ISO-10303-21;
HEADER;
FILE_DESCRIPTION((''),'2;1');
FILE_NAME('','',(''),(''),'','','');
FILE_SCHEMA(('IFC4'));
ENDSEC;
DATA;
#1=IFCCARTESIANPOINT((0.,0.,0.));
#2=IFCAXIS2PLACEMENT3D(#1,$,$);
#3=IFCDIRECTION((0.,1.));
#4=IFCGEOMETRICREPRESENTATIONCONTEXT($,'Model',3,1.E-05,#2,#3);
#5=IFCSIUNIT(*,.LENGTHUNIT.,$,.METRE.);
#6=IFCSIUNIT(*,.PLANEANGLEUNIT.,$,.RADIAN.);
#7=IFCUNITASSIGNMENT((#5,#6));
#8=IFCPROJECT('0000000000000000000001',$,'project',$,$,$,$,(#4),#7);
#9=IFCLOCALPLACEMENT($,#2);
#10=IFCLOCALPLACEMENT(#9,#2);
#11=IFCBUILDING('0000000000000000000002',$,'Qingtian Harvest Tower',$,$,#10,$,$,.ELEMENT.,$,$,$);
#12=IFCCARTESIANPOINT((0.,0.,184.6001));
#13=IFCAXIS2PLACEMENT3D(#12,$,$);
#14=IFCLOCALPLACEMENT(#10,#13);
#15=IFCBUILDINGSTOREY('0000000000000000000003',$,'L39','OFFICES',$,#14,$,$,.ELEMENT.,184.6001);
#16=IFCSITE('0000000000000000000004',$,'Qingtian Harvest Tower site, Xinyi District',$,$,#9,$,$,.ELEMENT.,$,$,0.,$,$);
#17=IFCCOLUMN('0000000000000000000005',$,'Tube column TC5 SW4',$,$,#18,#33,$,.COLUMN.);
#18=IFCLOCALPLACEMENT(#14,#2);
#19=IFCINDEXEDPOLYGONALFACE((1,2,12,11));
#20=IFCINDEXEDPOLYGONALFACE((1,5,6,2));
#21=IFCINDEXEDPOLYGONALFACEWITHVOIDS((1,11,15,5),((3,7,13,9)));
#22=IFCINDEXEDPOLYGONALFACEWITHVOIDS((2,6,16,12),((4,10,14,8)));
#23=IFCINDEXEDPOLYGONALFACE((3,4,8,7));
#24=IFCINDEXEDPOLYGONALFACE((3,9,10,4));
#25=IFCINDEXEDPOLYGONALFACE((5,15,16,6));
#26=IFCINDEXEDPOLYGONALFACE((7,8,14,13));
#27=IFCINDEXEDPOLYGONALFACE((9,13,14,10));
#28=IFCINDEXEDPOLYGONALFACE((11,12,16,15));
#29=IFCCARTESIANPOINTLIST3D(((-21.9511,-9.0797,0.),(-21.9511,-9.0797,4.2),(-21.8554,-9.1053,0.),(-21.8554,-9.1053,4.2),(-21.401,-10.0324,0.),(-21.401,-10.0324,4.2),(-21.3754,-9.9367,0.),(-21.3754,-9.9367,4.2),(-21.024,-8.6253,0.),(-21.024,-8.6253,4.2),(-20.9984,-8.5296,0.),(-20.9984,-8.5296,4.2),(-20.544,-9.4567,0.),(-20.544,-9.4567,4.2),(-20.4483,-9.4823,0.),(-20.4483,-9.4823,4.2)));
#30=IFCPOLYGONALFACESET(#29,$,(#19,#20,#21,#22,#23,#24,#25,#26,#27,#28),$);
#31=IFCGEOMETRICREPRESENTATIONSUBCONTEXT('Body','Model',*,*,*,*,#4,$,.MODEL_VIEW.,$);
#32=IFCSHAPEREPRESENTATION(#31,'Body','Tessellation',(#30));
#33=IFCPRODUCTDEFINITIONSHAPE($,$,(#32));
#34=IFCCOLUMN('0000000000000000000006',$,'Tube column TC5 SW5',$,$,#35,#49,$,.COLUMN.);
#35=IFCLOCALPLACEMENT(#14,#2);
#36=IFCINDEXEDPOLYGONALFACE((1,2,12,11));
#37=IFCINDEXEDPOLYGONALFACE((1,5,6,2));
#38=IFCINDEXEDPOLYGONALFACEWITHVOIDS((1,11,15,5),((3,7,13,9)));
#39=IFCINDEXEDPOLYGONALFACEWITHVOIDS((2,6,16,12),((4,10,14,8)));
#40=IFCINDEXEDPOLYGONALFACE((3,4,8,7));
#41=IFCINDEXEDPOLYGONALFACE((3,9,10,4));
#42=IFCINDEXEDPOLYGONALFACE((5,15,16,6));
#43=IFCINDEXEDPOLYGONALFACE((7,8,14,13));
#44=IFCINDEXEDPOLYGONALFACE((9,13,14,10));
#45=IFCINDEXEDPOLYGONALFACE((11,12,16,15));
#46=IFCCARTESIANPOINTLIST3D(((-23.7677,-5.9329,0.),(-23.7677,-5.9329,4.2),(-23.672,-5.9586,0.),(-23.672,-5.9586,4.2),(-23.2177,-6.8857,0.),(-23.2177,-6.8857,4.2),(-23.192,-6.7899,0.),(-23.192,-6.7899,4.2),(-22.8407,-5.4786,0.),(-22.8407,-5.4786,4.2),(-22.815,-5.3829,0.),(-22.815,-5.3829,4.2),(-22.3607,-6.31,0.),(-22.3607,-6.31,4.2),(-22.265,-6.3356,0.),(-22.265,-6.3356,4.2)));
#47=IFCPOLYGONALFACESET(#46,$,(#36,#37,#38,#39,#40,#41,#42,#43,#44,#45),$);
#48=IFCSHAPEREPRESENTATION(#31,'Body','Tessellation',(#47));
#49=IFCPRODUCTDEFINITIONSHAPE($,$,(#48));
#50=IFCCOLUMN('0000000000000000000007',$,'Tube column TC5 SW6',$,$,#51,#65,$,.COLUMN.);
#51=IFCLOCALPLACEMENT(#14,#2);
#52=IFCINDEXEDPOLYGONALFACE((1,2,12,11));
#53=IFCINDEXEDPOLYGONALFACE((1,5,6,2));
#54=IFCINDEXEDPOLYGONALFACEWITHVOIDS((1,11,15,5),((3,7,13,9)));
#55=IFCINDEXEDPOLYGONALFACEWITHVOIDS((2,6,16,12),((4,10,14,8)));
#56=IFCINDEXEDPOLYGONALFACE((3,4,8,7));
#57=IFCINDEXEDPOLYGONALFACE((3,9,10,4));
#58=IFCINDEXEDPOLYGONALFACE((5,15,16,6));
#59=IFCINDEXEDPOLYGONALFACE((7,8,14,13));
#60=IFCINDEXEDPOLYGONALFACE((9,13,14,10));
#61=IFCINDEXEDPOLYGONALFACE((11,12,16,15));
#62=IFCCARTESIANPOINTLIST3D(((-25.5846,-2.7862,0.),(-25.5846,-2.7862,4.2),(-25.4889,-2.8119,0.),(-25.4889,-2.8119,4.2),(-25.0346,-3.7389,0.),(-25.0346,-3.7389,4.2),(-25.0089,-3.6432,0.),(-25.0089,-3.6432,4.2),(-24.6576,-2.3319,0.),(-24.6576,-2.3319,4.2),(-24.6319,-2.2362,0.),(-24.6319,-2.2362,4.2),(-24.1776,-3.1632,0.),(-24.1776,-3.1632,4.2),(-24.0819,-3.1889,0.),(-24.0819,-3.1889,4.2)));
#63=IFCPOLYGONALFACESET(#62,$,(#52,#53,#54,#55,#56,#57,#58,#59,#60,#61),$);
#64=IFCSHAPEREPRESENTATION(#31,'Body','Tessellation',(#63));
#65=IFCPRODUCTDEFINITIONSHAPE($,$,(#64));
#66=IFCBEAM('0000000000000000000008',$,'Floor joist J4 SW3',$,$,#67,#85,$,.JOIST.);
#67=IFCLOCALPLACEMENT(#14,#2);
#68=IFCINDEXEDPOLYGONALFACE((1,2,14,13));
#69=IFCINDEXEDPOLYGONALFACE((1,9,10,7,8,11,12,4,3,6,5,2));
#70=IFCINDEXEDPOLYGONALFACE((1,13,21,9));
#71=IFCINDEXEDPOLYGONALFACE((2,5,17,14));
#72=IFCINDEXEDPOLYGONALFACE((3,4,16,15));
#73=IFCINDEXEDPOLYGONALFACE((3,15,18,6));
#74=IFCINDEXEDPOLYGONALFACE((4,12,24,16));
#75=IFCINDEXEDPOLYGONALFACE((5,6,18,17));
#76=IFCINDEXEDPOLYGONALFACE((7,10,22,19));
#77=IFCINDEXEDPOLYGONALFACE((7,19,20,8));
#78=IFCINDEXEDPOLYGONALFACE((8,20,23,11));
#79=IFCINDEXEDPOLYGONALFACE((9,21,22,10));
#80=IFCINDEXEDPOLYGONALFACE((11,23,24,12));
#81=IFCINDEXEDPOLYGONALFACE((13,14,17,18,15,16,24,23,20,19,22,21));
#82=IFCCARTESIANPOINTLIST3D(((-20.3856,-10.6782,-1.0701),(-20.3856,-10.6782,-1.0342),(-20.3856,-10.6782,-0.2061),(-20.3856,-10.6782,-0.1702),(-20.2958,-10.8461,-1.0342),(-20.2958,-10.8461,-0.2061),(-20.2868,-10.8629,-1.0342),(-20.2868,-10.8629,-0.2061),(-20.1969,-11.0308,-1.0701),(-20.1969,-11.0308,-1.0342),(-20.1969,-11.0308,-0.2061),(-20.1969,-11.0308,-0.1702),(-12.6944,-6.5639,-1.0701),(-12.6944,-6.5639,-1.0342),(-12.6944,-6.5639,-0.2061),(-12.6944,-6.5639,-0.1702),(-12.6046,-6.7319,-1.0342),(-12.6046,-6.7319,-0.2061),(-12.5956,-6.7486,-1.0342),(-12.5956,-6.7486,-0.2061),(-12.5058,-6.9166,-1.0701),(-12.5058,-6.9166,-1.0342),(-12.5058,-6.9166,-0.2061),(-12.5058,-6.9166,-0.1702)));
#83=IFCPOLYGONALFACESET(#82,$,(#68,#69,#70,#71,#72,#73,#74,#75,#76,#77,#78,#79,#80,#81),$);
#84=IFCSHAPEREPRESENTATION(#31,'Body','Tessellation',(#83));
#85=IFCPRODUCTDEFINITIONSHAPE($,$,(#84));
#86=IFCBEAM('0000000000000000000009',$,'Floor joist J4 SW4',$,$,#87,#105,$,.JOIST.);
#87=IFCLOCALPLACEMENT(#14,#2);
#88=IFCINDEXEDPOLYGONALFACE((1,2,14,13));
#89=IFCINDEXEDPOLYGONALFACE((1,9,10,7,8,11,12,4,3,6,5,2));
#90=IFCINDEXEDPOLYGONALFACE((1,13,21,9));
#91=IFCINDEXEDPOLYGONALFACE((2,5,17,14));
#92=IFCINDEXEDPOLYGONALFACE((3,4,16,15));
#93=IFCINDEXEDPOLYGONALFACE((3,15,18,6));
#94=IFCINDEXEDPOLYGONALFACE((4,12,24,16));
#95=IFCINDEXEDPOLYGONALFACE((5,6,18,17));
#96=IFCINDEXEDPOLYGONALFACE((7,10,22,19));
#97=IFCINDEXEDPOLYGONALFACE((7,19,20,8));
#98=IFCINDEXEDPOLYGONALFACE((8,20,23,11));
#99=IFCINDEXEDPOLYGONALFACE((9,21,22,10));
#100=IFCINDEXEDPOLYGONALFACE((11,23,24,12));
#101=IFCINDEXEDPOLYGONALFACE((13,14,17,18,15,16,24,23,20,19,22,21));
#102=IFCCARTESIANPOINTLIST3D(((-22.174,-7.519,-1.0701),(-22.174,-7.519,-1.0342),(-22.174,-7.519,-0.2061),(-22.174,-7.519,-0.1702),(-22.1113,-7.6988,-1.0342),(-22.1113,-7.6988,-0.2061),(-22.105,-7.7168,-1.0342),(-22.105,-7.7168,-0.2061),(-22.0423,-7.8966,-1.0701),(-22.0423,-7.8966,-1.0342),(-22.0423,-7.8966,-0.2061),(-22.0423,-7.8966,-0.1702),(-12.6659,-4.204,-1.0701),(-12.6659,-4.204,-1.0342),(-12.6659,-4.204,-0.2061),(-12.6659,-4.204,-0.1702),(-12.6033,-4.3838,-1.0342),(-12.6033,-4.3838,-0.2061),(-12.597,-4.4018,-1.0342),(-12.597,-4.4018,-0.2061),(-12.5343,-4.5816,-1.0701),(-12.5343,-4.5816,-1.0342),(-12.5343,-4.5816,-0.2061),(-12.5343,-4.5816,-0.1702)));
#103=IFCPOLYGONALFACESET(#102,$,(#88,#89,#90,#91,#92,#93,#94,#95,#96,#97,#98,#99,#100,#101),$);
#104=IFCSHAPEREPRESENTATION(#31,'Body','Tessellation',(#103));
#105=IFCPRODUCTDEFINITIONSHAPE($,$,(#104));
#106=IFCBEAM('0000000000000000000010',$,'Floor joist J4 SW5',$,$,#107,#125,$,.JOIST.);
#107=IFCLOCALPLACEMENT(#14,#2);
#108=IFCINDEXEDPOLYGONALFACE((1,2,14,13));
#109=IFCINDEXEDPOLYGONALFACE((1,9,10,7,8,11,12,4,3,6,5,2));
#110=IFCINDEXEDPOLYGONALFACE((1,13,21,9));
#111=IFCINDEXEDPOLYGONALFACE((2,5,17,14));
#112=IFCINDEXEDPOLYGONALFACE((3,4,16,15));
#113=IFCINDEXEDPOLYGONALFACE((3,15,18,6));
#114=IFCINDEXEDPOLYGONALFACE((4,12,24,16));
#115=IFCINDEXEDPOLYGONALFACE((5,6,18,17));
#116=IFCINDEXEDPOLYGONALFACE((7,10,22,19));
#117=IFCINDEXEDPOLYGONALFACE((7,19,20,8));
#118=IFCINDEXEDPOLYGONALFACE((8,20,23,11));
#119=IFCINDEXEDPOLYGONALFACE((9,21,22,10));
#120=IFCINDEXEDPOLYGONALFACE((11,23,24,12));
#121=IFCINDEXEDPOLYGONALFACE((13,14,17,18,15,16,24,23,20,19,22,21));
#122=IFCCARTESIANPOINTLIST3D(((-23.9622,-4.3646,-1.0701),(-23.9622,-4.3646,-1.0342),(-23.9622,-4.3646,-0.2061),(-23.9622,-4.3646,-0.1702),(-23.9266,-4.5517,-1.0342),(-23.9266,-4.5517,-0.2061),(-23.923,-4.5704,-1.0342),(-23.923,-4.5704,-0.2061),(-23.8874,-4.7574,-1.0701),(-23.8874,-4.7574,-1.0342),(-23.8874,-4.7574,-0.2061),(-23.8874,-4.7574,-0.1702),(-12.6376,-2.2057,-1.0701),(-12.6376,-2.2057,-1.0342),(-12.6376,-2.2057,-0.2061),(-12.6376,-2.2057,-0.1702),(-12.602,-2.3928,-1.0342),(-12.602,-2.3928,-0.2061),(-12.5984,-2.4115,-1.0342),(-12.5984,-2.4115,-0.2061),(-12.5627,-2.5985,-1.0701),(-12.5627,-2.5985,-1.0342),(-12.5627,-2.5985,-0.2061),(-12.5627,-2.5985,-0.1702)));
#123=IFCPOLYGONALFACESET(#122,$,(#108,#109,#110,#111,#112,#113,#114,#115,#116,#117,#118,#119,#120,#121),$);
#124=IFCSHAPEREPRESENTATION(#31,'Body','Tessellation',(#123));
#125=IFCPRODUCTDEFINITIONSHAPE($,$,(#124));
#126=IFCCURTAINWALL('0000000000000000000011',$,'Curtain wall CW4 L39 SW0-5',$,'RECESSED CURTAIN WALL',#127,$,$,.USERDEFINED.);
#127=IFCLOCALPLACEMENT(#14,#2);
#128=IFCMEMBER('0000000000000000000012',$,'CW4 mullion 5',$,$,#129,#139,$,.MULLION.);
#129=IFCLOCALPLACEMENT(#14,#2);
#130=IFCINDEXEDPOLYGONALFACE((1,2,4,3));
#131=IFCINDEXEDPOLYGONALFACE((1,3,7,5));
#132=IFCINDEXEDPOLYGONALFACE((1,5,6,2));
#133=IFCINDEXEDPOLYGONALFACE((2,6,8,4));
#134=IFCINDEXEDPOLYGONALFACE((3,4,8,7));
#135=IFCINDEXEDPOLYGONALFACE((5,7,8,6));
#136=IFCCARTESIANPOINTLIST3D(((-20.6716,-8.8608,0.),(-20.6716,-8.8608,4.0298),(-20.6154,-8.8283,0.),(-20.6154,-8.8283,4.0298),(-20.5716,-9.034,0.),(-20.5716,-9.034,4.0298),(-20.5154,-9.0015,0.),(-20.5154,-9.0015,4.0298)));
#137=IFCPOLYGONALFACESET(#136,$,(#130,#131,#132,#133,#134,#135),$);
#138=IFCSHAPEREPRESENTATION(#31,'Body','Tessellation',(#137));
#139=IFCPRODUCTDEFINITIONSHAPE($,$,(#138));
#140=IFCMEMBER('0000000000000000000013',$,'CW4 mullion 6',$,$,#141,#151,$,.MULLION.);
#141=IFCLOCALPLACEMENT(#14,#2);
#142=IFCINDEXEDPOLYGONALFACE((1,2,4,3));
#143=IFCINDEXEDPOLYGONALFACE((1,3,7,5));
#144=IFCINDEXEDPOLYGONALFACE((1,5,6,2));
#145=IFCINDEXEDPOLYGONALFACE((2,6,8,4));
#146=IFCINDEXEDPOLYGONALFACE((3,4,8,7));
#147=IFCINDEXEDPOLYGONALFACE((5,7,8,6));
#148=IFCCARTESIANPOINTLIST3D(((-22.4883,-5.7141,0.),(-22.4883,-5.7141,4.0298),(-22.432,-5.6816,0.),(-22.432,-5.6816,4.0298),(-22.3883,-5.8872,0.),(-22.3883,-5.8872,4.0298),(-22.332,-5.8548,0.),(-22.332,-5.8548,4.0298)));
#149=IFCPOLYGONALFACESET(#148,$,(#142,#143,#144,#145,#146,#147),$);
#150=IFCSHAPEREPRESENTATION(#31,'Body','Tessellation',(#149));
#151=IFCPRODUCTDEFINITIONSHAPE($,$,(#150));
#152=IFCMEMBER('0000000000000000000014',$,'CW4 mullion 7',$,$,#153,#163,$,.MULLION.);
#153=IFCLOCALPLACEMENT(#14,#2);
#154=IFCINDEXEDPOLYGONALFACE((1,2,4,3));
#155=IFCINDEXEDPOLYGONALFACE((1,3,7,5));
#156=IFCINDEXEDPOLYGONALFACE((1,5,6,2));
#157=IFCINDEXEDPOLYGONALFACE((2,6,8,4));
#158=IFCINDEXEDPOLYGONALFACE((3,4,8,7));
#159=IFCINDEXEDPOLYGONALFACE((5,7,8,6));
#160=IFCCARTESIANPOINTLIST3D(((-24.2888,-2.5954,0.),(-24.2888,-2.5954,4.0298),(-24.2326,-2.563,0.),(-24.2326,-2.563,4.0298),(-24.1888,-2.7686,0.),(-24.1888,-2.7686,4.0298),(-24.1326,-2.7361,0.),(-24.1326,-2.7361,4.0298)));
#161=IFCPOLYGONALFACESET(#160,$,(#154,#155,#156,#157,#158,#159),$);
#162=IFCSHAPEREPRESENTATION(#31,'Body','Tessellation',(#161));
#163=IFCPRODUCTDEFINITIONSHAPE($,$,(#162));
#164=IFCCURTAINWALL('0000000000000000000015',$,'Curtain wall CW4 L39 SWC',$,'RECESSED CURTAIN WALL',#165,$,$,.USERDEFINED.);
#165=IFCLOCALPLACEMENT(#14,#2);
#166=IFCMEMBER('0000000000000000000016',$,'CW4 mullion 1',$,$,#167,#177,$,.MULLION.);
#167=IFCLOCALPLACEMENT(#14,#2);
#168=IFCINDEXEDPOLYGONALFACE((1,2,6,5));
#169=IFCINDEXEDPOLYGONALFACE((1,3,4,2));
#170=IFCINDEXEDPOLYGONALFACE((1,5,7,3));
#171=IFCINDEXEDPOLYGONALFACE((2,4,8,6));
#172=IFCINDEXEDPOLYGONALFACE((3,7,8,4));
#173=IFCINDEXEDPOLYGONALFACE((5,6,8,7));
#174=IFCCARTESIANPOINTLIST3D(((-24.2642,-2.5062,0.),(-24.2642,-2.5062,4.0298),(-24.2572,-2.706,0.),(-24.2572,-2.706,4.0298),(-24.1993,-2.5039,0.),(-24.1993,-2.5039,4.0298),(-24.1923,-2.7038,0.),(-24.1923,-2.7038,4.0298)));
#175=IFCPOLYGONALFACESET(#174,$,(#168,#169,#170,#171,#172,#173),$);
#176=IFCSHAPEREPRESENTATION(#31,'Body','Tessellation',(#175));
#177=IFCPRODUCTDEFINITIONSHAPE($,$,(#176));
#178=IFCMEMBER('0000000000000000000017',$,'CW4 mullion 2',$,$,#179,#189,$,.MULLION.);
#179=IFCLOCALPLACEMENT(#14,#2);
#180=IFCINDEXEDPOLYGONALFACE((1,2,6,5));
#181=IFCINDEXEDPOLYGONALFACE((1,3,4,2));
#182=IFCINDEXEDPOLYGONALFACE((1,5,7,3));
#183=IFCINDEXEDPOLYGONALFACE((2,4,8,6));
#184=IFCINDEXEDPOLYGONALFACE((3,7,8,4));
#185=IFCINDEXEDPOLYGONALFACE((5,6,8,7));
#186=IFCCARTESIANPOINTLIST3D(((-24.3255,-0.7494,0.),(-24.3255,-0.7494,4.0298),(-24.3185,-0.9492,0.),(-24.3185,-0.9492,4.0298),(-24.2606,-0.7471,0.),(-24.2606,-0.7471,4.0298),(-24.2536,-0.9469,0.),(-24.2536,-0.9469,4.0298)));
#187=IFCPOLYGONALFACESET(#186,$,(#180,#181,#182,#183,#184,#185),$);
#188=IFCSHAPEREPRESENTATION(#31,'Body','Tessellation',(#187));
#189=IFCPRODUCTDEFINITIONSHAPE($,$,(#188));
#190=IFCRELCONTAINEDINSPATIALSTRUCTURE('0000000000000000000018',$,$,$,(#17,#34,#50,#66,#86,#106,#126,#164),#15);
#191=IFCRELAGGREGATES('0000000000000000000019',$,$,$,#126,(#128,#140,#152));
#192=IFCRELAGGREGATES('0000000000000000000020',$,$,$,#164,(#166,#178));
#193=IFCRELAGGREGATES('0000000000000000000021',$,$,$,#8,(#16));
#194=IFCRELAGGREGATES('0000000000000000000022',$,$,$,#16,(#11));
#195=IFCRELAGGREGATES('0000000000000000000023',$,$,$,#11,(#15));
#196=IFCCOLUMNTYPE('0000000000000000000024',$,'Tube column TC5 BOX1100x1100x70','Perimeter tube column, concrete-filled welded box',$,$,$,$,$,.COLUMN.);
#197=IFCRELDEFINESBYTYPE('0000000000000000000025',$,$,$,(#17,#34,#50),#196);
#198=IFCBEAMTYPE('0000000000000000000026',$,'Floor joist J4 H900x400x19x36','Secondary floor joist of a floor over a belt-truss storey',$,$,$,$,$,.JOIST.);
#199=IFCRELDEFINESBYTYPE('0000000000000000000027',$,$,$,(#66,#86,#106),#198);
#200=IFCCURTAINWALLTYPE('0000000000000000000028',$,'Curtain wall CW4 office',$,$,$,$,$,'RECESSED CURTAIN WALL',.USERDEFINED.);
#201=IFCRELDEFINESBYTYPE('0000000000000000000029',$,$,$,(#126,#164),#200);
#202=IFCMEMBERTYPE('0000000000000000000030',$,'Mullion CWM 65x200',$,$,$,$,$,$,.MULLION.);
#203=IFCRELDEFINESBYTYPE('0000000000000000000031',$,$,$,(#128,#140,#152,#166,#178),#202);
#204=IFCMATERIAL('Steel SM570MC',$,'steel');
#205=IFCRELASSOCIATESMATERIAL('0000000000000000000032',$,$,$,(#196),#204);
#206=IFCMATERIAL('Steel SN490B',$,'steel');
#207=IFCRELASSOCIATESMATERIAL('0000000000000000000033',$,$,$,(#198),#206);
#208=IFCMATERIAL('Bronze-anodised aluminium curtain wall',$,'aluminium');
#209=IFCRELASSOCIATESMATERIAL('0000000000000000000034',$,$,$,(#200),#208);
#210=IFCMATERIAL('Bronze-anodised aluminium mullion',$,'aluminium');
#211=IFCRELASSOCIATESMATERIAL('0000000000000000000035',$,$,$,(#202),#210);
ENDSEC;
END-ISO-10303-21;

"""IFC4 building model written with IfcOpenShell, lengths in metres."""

from ifc_helpers import new_model, si_unit, direction, frame, origin, origin_2d, place, context, subcontext, project, spatial, rectangle, hollow_rectangle, i_section, extrude, material, material_profile, profile_set, type_object, element, aggregate, save


model = new_model("IFC4")

# Units and contexts
model_context = context("Model", 3, precision=1e-05, world=origin(), true_north=direction((0.0, 1.0)))
body_context = subcontext(model_context, "Body", "Model", "MODEL_VIEW")
ifc_project = project(units=[si_unit("LENGTHUNIT", "METRE"), si_unit("PLANEANGLEUNIT", "RADIAN")], contexts=[model_context])

# Site, building, storey
site_placement = place(None, origin())
site = spatial("IfcSite", under=ifc_project, at=site_placement, Name="Qingtian Harvest Tower site, Xinyi District", CompositionType="ELEMENT", RefElevation=0.0)
building_placement = place(site_placement, origin())
building = spatial("IfcBuilding", under=site, at=building_placement, Name="Qingtian Harvest Tower", CompositionType="ELEMENT")
storey_placement = place(building_placement, frame((0.0, 0.0, 184.6001)))
storey = spatial("IfcBuildingStorey", under=building, at=storey_placement, Name="L39", Description="OFFICES", CompositionType="ELEMENT", Elevation=184.6001)

# Columns
ifc_material_1 = material(Name="Steel SM570MC", Category="steel")
ifc_material_profile_1 = material_profile(ifc_material_1, hollow_rectangle(XDim=1.1001, YDim=1.1001, WallThickness=0.0701, at=origin_2d()), Name="BOX1100x1100x70")
ifc_profile_set_1 = profile_set([ifc_material_profile_1], Name="Steel SM570MC")
column_type = type_object("IfcColumnType", Name="Tube column TC5 BOX1100x1100x70", Description="Perimeter tube column, concrete-filled welded box", PredefinedType="COLUMN", material=ifc_profile_set_1)
for number, where, z_axis, x_axis, name in (
    (1, (-21.1997, -9.281, 0.0), (0.0, 0.0, 1.0), (0.5, -0.866025, 0.0), "Tube column TC5 SW4"),
    (2, (-23.0164, -6.1343, 0.0), (0.0, 0.0, 1.0), (0.5, -0.866025, 0.0), "Tube column TC5 SW5"),
    (3, (-24.8333, -2.9875, 0.0), (0.0, 0.0, 1.0), (0.5, -0.866025, 0.0), "Tube column TC5 SW6"),
):
    element("IfcColumn", number, at=place(storey_placement, frame(where, z_axis=z_axis, x_axis=x_axis)), inside=storey, type_object=column_type, Name=name, PredefinedType="COLUMN", context=body_context, shape_type="SweptSolid", body=[
        extrude(hollow_rectangle(XDim=1.1001, YDim=1.1001, WallThickness=0.0701, at=origin_2d()), origin(), (0.0, 0.0, 1.0), 4.2),
    ])

# Beams
ifc_material_2 = material(Name="Steel SN490B", Category="steel")
ifc_material_profile_2 = material_profile(ifc_material_2, i_section(OverallWidth=0.3999, OverallDepth=0.8999, WebThickness=0.019, FlangeThickness=0.0359, at=origin_2d()), Name="H900x400x19x36")
ifc_profile_set_2 = profile_set([ifc_material_profile_2], Name="Steel SN490B")
beam_type_1 = type_object("IfcBeamType", Name="Floor joist J4 H900x400x19x36", Description="Secondary floor joist of a floor over a belt-truss storey", PredefinedType="JOIST", material=ifc_profile_set_2)
beam_1_placement = place(storey_placement, frame((-20.2913, -10.8545, -0.6201), z_axis=(0.881767, 0.471686, 0.0), x_axis=(-0.471686, 0.881767, 0.0)))
element("IfcBeam", 4, at=beam_1_placement, inside=storey, type_object=beam_type_1, Name="Floor joist J4 SW3", PredefinedType="JOIST", context=body_context, shape_type="SweptSolid", body=[
    extrude(i_section(OverallWidth=0.3999, OverallDepth=0.8999, WebThickness=0.019, FlangeThickness=0.0359, at=origin_2d()), origin(), (0.0, 0.0, 1.0), 8.7224),
])
beam_2_placement = place(storey_placement, frame((-22.1082, -7.7078, -0.6201), z_axis=(0.944256, 0.329211, 0.0), x_axis=(-0.329211, 0.944256, 0.0)))
element("IfcBeam", 5, at=beam_2_placement, inside=storey, type_object=beam_type_1, Name="Floor joist J4 SW4", PredefinedType="JOIST", context=body_context, shape_type="SweptSolid", body=[
    extrude(i_section(OverallWidth=0.3999, OverallDepth=0.8999, WebThickness=0.019, FlangeThickness=0.0359, at=origin_2d()), origin(), (0.0, 0.0, 1.0), 10.0693),
])
beam_3_placement = place(storey_placement, frame((-23.9248, -4.561, -0.6201), z_axis=(0.982309, 0.187267, 0.0), x_axis=(-0.187267, 0.982309, 0.0)))
element("IfcBeam", 6, at=beam_3_placement, inside=storey, type_object=beam_type_1, Name="Floor joist J4 SW5", PredefinedType="JOIST", context=body_context, shape_type="SweptSolid", body=[
    extrude(i_section(OverallWidth=0.3999, OverallDepth=0.8999, WebThickness=0.019, FlangeThickness=0.0359, at=origin_2d()), origin(), (0.0, 0.0, 1.0), 11.5286),
])

# Curtain walls, members
ifc_material_3 = material(Name="Bronze-anodised aluminium curtain wall", Category="aluminium")
curtain_wall_type = type_object("IfcCurtainWallType", Name="Curtain wall CW4 office", ElementType="RECESSED CURTAIN WALL", PredefinedType="USERDEFINED", material=ifc_material_3)
curtain_wall_1_placement = place(storey_placement, origin())
curtain_wall_1 = element("IfcCurtainWall", 7, at=curtain_wall_1_placement, inside=storey, type_object=curtain_wall_type, Name="Curtain wall CW4 L39 SW0-5", ObjectType="RECESSED CURTAIN WALL", PredefinedType="USERDEFINED")
ifc_material_4 = material(Name="Bronze-anodised aluminium mullion", Category="aluminium")
ifc_material_profile_3 = material_profile(ifc_material_4, rectangle(XDim=0.0649, YDim=0.2, at=origin_2d()), Name="AL 65x200")
ifc_profile_set_3 = profile_set([ifc_material_profile_3], Name="Bronze-anodised aluminium mullion")
member_type_1 = type_object("IfcMemberType", Name="Mullion CWM 65x200", PredefinedType="MULLION", material=ifc_profile_set_3)
member_1_placement = place(storey_placement, frame((-20.5935, -8.9312, 0.0), z_axis=(0.0, 0.0, 1.0), x_axis=(-0.866025, -0.5, 0.0)))
member_1 = element("IfcMember", 8, at=member_1_placement, type_object=member_type_1, Name="CW4 mullion 5", PredefinedType="MULLION", context=body_context, shape_type="SweptSolid", body=[
    extrude(rectangle(XDim=0.0649, YDim=0.2, at=origin_2d()), origin(), (0.0, 0.0, 1.0), 4.0298),
])
member_2_placement = place(storey_placement, frame((-22.4102, -5.7844, 0.0), z_axis=(0.0, 0.0, 1.0), x_axis=(-0.866025, -0.5, 0.0)))
member_2 = element("IfcMember", 9, at=member_2_placement, type_object=member_type_1, Name="CW4 mullion 6", PredefinedType="MULLION", context=body_context, shape_type="SweptSolid", body=[
    extrude(rectangle(XDim=0.0649, YDim=0.2, at=origin_2d()), origin(), (0.0, 0.0, 1.0), 4.0298),
])
member_3_placement = place(storey_placement, frame((-24.2107, -2.6658, 0.0), z_axis=(0.0, 0.0, 1.0), x_axis=(-0.866025, -0.5, 0.0)))
member_3 = element("IfcMember", 10, at=member_3_placement, type_object=member_type_1, Name="CW4 mullion 7", PredefinedType="MULLION", context=body_context, shape_type="SweptSolid", body=[
    extrude(rectangle(XDim=0.0649, YDim=0.2, at=origin_2d()), origin(), (0.0, 0.0, 1.0), 4.0298),
])
curtain_wall_2_placement = place(storey_placement, origin())
curtain_wall_2 = element("IfcCurtainWall", 11, at=curtain_wall_2_placement, inside=storey, type_object=curtain_wall_type, Name="Curtain wall CW4 L39 SWC", ObjectType="RECESSED CURTAIN WALL", PredefinedType="USERDEFINED")
member_4_placement = place(storey_placement, frame((-24.2283, -2.605, 0.0), z_axis=(0.0, 0.0, 1.0), x_axis=(-0.999391, -0.034899, 0.0)))
member_4 = element("IfcMember", 12, at=member_4_placement, type_object=member_type_1, Name="CW4 mullion 1", PredefinedType="MULLION", context=body_context, shape_type="SweptSolid", body=[
    extrude(rectangle(XDim=0.0649, YDim=0.2, at=origin_2d()), origin(), (0.0, 0.0, 1.0), 4.0298),
])
member_5_placement = place(storey_placement, frame((-24.2896, -0.8481, 0.0), z_axis=(0.0, 0.0, 1.0), x_axis=(-0.999391, -0.034899, 0.0)))
member_5 = element("IfcMember", 13, at=member_5_placement, type_object=member_type_1, Name="CW4 mullion 2", PredefinedType="MULLION", context=body_context, shape_type="SweptSolid", body=[
    extrude(rectangle(XDim=0.0649, YDim=0.2, at=origin_2d()), origin(), (0.0, 0.0, 1.0), 4.0298),
])

aggregate(curtain_wall_1, [member_1, member_2, member_3])
aggregate(curtain_wall_2, [member_4, member_5])

save(model, "model.ifc")
